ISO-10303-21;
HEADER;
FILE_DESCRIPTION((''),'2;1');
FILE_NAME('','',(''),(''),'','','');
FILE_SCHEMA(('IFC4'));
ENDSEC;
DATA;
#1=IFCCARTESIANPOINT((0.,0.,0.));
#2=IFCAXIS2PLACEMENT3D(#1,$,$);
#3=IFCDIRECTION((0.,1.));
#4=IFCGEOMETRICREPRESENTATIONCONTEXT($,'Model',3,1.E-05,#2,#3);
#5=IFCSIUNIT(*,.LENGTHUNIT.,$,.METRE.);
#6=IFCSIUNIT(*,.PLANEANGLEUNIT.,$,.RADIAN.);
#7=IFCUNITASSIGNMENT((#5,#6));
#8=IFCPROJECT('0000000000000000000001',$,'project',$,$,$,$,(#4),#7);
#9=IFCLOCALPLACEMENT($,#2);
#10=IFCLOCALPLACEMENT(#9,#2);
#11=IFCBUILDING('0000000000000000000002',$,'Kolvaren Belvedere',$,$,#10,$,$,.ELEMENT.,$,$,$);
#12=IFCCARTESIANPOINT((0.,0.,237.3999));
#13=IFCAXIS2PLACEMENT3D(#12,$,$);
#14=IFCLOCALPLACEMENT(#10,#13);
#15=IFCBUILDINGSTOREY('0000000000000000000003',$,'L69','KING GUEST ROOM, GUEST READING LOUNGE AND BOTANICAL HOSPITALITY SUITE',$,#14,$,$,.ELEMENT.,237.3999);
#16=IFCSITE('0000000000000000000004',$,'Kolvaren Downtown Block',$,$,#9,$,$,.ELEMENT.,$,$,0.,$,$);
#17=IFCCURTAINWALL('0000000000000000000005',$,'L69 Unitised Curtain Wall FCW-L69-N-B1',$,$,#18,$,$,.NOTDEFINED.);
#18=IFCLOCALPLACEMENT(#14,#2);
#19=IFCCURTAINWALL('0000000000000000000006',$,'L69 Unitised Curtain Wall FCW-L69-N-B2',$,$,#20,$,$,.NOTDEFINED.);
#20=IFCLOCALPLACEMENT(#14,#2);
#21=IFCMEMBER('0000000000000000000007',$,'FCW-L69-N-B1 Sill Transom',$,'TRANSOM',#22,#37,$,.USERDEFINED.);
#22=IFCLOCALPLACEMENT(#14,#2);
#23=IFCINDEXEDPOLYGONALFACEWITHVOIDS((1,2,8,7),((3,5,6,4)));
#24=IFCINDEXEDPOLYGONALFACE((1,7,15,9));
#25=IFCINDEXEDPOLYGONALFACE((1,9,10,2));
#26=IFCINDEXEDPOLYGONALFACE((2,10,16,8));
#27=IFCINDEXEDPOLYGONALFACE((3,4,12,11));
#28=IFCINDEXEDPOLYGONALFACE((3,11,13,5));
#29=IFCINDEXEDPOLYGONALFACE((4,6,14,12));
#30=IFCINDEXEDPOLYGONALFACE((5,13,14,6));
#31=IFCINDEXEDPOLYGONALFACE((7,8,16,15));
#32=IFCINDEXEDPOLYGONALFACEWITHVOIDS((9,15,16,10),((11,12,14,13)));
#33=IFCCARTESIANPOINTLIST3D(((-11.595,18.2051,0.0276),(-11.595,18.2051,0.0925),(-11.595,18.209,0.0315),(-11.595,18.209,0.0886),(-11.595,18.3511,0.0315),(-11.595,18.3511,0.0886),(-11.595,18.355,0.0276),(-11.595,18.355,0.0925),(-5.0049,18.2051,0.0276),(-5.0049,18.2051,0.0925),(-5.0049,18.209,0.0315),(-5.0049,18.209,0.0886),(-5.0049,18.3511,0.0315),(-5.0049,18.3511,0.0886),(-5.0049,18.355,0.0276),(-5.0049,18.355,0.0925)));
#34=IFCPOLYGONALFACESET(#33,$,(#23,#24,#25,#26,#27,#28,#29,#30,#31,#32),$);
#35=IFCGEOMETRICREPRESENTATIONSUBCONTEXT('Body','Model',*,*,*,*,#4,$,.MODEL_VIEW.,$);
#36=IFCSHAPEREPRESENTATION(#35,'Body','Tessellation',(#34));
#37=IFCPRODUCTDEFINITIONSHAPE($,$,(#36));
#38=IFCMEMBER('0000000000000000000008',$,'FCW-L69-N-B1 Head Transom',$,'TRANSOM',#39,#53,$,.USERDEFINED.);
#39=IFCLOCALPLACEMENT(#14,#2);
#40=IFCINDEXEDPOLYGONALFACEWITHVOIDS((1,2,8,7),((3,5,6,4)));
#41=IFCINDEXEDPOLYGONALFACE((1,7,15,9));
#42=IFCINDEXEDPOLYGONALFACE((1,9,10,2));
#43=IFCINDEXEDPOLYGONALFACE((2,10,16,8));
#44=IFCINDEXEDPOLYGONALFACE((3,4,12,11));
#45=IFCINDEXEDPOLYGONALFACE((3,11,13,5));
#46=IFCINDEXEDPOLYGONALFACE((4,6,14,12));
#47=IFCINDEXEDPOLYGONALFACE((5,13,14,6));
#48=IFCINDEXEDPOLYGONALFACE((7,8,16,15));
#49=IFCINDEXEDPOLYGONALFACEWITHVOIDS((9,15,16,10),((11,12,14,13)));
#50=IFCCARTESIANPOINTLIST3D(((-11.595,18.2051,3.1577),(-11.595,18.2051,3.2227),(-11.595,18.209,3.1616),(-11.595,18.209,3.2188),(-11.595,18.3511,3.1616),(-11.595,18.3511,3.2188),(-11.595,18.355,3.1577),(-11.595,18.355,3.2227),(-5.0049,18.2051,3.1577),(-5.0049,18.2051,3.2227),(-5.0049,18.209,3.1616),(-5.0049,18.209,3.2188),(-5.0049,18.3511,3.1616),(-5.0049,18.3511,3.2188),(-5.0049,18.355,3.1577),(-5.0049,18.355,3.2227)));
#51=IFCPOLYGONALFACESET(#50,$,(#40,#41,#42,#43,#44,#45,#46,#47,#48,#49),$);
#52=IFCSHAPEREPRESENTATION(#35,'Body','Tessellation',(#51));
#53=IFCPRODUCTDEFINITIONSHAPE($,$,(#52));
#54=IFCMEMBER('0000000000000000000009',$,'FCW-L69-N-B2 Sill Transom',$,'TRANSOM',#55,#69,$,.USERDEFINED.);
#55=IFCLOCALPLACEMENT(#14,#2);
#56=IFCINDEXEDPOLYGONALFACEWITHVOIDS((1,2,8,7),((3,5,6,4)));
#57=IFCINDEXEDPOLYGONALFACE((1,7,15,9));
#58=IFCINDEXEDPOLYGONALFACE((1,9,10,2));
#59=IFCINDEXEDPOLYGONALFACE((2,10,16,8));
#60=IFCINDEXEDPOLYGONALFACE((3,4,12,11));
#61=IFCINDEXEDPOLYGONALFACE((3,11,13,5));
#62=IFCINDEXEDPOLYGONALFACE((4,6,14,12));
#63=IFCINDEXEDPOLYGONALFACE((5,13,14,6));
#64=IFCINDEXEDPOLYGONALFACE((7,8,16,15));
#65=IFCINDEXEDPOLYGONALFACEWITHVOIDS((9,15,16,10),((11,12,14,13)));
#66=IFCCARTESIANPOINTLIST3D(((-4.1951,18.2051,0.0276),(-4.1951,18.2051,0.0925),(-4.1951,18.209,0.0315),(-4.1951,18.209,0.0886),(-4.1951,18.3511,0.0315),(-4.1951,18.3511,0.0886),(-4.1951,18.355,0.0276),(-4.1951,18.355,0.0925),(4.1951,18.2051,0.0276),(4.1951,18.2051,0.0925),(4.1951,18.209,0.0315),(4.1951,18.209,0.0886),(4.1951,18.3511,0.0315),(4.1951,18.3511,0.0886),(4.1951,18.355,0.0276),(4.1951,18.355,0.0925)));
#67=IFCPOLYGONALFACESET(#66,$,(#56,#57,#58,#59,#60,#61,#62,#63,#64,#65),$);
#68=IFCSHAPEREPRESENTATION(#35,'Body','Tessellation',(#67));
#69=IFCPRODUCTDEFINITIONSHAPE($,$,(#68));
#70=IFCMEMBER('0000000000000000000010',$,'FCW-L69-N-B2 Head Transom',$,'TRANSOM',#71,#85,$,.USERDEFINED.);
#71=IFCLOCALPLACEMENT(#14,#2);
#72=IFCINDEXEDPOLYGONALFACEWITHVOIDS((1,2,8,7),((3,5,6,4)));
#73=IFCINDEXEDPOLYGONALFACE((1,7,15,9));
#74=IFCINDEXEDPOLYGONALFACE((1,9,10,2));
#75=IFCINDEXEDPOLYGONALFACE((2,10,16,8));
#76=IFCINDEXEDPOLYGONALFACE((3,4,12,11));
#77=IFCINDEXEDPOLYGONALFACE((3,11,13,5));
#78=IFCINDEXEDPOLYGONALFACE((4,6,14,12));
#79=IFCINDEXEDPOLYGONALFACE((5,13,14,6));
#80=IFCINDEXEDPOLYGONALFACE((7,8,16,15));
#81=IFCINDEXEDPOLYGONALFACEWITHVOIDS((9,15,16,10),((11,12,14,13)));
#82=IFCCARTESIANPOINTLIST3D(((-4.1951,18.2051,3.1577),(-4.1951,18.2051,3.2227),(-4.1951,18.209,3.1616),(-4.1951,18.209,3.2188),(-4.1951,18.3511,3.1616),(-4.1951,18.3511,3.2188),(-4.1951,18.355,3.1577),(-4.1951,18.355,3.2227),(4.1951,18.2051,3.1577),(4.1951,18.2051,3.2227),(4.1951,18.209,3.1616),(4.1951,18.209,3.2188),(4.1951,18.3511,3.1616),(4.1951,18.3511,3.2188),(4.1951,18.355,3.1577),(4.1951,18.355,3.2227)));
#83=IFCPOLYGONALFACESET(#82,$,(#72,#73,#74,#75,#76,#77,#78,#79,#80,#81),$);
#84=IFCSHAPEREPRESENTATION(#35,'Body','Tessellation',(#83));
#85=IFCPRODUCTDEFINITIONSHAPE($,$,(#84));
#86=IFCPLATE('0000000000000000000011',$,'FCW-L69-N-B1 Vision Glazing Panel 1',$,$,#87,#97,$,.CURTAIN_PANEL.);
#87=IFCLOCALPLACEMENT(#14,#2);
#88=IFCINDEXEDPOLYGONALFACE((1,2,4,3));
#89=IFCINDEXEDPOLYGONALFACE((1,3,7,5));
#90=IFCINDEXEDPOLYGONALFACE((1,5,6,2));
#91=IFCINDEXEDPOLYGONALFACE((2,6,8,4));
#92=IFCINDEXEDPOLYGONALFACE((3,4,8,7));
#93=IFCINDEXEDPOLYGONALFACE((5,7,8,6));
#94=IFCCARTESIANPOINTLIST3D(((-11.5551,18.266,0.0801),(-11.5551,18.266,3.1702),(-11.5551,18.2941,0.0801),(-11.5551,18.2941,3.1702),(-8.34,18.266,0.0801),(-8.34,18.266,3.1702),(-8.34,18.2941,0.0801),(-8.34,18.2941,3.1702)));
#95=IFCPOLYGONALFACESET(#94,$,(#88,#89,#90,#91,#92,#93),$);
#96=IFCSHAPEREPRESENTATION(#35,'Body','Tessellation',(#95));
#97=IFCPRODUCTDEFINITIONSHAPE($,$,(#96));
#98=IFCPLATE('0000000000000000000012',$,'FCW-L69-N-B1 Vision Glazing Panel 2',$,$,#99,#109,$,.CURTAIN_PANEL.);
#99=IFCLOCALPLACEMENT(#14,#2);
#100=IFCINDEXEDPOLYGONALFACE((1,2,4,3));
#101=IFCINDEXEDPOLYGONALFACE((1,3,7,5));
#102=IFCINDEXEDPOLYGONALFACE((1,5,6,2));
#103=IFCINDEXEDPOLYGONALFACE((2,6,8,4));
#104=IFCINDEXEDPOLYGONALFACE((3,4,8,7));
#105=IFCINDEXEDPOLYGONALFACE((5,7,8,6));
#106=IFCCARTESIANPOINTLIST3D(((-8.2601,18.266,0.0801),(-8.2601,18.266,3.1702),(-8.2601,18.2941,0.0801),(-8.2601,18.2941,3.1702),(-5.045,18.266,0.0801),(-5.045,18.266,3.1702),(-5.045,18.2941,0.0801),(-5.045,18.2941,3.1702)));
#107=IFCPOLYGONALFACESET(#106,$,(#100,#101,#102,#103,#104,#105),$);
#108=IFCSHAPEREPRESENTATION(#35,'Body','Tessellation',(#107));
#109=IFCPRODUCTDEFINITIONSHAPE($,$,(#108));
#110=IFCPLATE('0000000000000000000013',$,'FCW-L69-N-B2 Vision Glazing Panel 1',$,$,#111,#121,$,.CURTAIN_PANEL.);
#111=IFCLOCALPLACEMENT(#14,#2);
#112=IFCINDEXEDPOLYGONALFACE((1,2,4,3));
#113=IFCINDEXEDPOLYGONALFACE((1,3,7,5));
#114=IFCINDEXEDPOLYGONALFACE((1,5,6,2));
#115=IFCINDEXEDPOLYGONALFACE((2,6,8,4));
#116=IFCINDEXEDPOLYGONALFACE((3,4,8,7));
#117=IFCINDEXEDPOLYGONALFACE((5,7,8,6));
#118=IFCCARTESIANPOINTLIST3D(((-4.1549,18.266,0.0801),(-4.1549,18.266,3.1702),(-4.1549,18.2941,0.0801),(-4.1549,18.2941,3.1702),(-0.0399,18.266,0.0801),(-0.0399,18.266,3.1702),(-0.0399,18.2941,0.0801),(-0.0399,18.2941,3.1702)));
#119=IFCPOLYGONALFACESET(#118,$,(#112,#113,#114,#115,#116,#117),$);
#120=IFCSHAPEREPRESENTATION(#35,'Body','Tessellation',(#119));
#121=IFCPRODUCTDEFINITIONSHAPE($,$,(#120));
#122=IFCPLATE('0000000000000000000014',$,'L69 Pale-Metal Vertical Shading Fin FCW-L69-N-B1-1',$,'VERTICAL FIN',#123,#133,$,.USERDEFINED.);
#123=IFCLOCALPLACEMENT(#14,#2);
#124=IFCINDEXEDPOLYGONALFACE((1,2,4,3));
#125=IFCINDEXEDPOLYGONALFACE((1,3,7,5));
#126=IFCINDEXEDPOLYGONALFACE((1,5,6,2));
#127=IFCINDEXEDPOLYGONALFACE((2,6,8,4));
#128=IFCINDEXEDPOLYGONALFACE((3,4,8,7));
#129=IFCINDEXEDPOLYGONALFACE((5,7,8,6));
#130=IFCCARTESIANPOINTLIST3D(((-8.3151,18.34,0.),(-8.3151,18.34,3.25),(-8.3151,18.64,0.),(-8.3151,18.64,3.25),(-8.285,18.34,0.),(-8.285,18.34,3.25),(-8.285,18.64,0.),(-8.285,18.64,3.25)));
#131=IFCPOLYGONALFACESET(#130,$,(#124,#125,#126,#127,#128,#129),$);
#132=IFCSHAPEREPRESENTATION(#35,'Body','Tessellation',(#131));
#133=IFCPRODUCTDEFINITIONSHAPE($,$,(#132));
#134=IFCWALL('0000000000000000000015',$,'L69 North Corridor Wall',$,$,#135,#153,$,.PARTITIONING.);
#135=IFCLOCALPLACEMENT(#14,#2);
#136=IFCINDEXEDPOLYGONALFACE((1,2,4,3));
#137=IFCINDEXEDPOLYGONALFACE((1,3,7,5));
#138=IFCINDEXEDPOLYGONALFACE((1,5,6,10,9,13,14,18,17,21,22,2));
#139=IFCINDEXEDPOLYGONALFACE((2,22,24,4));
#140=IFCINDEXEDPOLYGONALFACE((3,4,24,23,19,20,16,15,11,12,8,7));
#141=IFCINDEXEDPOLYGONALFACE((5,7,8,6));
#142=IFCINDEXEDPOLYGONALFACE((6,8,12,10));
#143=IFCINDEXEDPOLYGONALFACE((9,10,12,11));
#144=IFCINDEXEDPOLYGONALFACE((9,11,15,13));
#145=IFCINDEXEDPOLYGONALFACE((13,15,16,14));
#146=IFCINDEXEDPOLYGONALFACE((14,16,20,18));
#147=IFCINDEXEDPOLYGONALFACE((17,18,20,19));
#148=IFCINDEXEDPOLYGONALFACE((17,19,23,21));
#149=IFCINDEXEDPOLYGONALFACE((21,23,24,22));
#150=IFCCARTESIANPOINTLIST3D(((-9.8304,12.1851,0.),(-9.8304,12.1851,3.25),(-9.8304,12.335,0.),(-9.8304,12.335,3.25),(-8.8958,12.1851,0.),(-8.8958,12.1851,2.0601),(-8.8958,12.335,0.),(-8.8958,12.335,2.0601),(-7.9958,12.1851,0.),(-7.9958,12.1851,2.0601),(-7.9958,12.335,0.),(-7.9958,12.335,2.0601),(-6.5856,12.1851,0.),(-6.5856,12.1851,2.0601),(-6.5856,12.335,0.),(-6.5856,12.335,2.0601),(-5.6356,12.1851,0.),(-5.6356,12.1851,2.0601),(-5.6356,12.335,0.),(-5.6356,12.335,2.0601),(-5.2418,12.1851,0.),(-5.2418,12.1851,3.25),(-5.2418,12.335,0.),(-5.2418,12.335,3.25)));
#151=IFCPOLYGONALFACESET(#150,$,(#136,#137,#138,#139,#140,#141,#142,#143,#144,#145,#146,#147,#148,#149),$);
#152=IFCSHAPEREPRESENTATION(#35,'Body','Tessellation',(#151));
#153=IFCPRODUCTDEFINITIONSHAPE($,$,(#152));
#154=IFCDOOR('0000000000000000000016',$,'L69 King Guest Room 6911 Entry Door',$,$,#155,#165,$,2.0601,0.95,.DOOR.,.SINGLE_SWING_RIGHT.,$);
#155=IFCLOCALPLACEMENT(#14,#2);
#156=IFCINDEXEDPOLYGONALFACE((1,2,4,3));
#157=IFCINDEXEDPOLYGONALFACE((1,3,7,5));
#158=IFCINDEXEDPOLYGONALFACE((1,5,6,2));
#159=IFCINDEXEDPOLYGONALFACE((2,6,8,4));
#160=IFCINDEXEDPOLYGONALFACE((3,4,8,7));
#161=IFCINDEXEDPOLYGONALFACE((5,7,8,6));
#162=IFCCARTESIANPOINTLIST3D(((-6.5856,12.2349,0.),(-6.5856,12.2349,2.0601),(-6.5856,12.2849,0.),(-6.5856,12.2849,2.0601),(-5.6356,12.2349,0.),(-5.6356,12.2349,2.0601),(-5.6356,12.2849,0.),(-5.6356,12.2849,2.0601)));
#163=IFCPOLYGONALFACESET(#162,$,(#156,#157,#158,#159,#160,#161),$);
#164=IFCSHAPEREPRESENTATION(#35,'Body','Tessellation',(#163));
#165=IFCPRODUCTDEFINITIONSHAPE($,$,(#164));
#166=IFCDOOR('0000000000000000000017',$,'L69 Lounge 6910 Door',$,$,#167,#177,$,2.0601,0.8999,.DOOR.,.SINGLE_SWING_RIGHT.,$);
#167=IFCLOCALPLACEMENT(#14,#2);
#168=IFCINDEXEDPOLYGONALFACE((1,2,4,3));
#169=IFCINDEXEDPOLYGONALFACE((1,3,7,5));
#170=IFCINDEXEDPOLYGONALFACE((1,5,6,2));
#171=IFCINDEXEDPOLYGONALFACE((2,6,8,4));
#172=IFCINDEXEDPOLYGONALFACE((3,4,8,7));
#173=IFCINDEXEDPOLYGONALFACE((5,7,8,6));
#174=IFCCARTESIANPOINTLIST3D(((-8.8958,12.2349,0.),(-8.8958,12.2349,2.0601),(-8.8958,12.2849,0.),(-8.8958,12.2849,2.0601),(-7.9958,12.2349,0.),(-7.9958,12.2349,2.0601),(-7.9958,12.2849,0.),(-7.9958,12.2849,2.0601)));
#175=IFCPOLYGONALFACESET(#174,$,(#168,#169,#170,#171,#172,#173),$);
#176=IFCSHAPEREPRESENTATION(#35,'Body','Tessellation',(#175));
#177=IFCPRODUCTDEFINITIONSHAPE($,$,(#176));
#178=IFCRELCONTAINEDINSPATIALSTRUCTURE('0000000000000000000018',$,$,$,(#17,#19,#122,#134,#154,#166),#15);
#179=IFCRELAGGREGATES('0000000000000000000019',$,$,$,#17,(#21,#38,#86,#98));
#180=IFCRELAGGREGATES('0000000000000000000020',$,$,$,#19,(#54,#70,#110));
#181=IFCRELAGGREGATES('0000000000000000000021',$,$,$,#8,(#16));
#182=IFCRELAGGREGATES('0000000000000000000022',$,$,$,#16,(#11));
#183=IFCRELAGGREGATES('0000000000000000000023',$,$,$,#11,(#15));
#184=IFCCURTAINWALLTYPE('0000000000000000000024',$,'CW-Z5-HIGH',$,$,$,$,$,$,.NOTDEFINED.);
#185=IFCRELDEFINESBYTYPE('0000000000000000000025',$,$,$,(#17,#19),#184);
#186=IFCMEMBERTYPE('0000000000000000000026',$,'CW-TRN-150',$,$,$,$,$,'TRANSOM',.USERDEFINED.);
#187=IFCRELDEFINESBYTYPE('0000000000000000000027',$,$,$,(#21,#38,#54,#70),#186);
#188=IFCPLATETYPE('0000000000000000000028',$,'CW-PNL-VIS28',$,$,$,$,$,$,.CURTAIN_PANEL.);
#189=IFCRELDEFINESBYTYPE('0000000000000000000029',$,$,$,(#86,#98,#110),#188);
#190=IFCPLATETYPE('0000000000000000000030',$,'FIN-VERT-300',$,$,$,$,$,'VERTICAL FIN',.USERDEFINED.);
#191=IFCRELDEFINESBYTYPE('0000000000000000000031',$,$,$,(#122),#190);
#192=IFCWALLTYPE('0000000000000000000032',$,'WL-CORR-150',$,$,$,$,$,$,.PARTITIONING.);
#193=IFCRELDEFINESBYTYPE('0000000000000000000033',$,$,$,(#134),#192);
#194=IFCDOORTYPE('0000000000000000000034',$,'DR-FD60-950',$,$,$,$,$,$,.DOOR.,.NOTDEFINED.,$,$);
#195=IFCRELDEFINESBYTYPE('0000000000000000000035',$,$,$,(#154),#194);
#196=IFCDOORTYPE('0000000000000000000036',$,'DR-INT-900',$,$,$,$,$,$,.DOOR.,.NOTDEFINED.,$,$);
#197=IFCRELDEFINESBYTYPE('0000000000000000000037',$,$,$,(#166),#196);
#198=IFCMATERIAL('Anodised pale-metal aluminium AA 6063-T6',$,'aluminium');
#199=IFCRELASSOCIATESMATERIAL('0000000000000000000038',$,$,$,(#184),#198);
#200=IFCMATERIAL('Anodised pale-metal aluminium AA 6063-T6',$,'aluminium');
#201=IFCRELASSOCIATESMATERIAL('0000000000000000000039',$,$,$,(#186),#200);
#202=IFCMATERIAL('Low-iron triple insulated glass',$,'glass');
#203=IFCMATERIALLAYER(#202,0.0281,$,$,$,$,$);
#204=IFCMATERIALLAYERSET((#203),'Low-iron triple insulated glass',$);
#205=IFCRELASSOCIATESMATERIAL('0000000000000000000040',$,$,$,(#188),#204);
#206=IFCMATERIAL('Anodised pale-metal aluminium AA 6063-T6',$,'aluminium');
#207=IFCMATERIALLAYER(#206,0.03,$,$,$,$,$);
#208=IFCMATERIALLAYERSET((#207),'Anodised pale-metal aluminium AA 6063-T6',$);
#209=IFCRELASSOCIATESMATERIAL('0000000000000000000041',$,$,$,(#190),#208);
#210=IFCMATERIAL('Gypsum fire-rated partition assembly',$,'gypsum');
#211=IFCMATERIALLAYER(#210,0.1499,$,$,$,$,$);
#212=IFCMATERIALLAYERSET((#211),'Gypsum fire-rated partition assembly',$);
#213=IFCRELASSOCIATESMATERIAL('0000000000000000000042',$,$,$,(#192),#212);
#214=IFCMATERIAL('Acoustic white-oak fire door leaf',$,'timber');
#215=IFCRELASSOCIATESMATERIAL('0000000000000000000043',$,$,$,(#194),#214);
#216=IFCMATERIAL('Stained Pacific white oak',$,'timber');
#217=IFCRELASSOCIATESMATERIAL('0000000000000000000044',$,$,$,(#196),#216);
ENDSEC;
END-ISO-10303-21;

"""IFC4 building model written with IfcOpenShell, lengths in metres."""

from ifc_helpers import new_model, si_unit, direction, frame, frame_2d, origin, origin_2d, place, context, subcontext, project, spatial, rectangle, hollow_rectangle, extrude, material, layer, layer_set, material_profile, profile_set, type_object, element, fill, aggregate, save


model = new_model("IFC4")

# Units and contexts
model_context = context("Model", 3, precision=1e-05, world=origin(), true_north=direction((0.0, 1.0)))
body_context = subcontext(model_context, "Body", "Model", "MODEL_VIEW")
ifc_project = project(units=[si_unit("LENGTHUNIT", "METRE"), si_unit("PLANEANGLEUNIT", "RADIAN")], contexts=[model_context])

# Site, building, storey
site_placement = place(None, origin())
site = spatial("IfcSite", under=ifc_project, at=site_placement, Name="Kolvaren Downtown Block", CompositionType="ELEMENT", RefElevation=0.0)
building_placement = place(site_placement, origin())
building = spatial("IfcBuilding", under=site, at=building_placement, Name="Kolvaren Belvedere", CompositionType="ELEMENT")
storey_placement = place(building_placement, frame((0.0, 0.0, 237.3999)))
storey = spatial("IfcBuildingStorey", under=building, at=storey_placement, Name="L69", Description="KING GUEST ROOM, GUEST READING LOUNGE AND BOTANICAL HOSPITALITY SUITE", CompositionType="ELEMENT", Elevation=237.3999)

# Curtain wall
ifc_material_1 = material(Name="Anodised pale-metal aluminium AA 6063-T6", Category="aluminium")
curtain_wall_type = type_object("IfcCurtainWallType", Name="CW-Z5-HIGH", PredefinedType="NOTDEFINED", material=ifc_material_1)
curtain_wall_1_placement = place(storey_placement, origin())
curtain_wall_1 = element("IfcCurtainWall", 1, at=curtain_wall_1_placement, inside=storey, type_object=curtain_wall_type, Name="L69 Unitised Curtain Wall FCW-L69-N-B1", PredefinedType="NOTDEFINED")

# Curtain wall
curtain_wall_2_placement = place(storey_placement, origin())
curtain_wall_2 = element("IfcCurtainWall", 2, at=curtain_wall_2_placement, inside=storey, type_object=curtain_wall_type, Name="L69 Unitised Curtain Wall FCW-L69-N-B2", PredefinedType="NOTDEFINED")

# Members
ifc_material_2 = material(Name="Anodised pale-metal aluminium AA 6063-T6", Category="aluminium")
ifc_material_profile_1 = material_profile(ifc_material_2, hollow_rectangle(XDim=0.0649, YDim=0.1499, WallThickness=0.0039, at=origin_2d()), Name="ALU-TRN-150X65")
ifc_profile_set_1 = profile_set([ifc_material_profile_1], Name="Anodised pale-metal aluminium AA 6063-T6")
member_type_1 = type_object("IfcMemberType", Name="CW-TRN-150", ElementType="TRANSOM", PredefinedType="USERDEFINED", material=ifc_profile_set_1)
member_1_placement = place(storey_placement, frame((-11.595, 18.28, 0.0601), z_axis=(1.0, 0.0, 0.0), x_axis=(0.0, 0.0, 1.0)))
member_1 = element("IfcMember", 3, at=member_1_placement, type_object=member_type_1, Name="FCW-L69-N-B1 Sill Transom", ObjectType="TRANSOM", PredefinedType="USERDEFINED", context=body_context, shape_type="SweptSolid", body=[
    extrude(hollow_rectangle(XDim=0.0649, YDim=0.1499, WallThickness=0.0039, at=origin_2d()), origin(), (0.0, 0.0, 1.0), 6.5901),
])
member_2_placement = place(storey_placement, frame((-11.595, 18.28, 3.1902), z_axis=(1.0, 0.0, 0.0), x_axis=(0.0, 0.0, 1.0)))
member_2 = element("IfcMember", 4, at=member_2_placement, type_object=member_type_1, Name="FCW-L69-N-B1 Head Transom", ObjectType="TRANSOM", PredefinedType="USERDEFINED", context=body_context, shape_type="SweptSolid", body=[
    extrude(hollow_rectangle(XDim=0.0649, YDim=0.1499, WallThickness=0.0039, at=origin_2d()), origin(), (0.0, 0.0, 1.0), 6.5901),
])
member_3_placement = place(storey_placement, frame((-4.1951, 18.28, 0.0601), z_axis=(1.0, 0.0, 0.0), x_axis=(0.0, 0.0, 1.0)))
member_3 = element("IfcMember", 5, at=member_3_placement, type_object=member_type_1, Name="FCW-L69-N-B2 Sill Transom", ObjectType="TRANSOM", PredefinedType="USERDEFINED", context=body_context, shape_type="SweptSolid", body=[
    extrude(hollow_rectangle(XDim=0.0649, YDim=0.1499, WallThickness=0.0039, at=origin_2d()), origin(), (0.0, 0.0, 1.0), 8.3901),
])
member_4_placement = place(storey_placement, frame((-4.1951, 18.28, 3.1902), z_axis=(1.0, 0.0, 0.0), x_axis=(0.0, 0.0, 1.0)))
member_4 = element("IfcMember", 6, at=member_4_placement, type_object=member_type_1, Name="FCW-L69-N-B2 Head Transom", ObjectType="TRANSOM", PredefinedType="USERDEFINED", context=body_context, shape_type="SweptSolid", body=[
    extrude(hollow_rectangle(XDim=0.0649, YDim=0.1499, WallThickness=0.0039, at=origin_2d()), origin(), (0.0, 0.0, 1.0), 8.3901),
])

# Plates
ifc_material_3 = material(Name="Low-iron triple insulated glass", Category="glass")
ifc_layer_1 = layer(ifc_material_3, 0.0281)
ifc_layer_set_1 = layer_set([ifc_layer_1], Name="Low-iron triple insulated glass")
plate_type_1 = type_object("IfcPlateType", Name="CW-PNL-VIS28", PredefinedType="CURTAIN_PANEL", material=ifc_layer_set_1)
plate_1_placement = place(storey_placement, frame((-9.9475, 18.28, 0.0801), z_axis=(0.0, 0.0, 1.0), x_axis=(1.0, 0.0, 0.0)))
plate_1 = element("IfcPlate", 7, at=plate_1_placement, type_object=plate_type_1, Name="FCW-L69-N-B1 Vision Glazing Panel 1", PredefinedType="CURTAIN_PANEL", context=body_context, shape_type="SweptSolid", body=[
    extrude(rectangle(XDim=3.2151, YDim=0.0281, at=origin_2d()), origin(), (0.0, 0.0, 1.0), 3.0901),
])
plate_2_placement = place(storey_placement, frame((-6.6526, 18.28, 0.0801), z_axis=(0.0, 0.0, 1.0), x_axis=(1.0, 0.0, 0.0)))
plate_2 = element("IfcPlate", 8, at=plate_2_placement, type_object=plate_type_1, Name="FCW-L69-N-B1 Vision Glazing Panel 2", PredefinedType="CURTAIN_PANEL", context=body_context, shape_type="SweptSolid", body=[
    extrude(rectangle(XDim=3.2151, YDim=0.0281, at=origin_2d()), origin(), (0.0, 0.0, 1.0), 3.0901),
])
aggregate(curtain_wall_1, [member_1, member_2, plate_1, plate_2])
plate_3_placement = place(storey_placement, frame((-2.0974, 18.28, 0.0801), z_axis=(0.0, 0.0, 1.0), x_axis=(1.0, 0.0, 0.0)))
plate_3 = element("IfcPlate", 9, at=plate_3_placement, type_object=plate_type_1, Name="FCW-L69-N-B2 Vision Glazing Panel 1", PredefinedType="CURTAIN_PANEL", context=body_context, shape_type="SweptSolid", body=[
    extrude(rectangle(XDim=4.115, YDim=0.0281, at=origin_2d()), origin(), (0.0, 0.0, 1.0), 3.0901),
])
aggregate(curtain_wall_2, [member_3, member_4, plate_3])
ifc_material_4 = material(Name="Anodised pale-metal aluminium AA 6063-T6", Category="aluminium")
ifc_layer_2 = layer(ifc_material_4, 0.03)
ifc_layer_set_2 = layer_set([ifc_layer_2], Name="Anodised pale-metal aluminium AA 6063-T6")
plate_type_2 = type_object("IfcPlateType", Name="FIN-VERT-300", ElementType="VERTICAL FIN", PredefinedType="USERDEFINED", material=ifc_layer_set_2)
plate_4_placement = place(storey_placement, frame((-8.3, 18.49, 0.0), z_axis=(0.0, 0.0, 1.0), x_axis=(0.0, 1.0, 0.0)))
element("IfcPlate", 10, at=plate_4_placement, inside=storey, type_object=plate_type_2, Name="L69 Pale-Metal Vertical Shading Fin FCW-L69-N-B1-1", ObjectType="VERTICAL FIN", PredefinedType="USERDEFINED", context=body_context, shape_type="SweptSolid", body=[
    extrude(rectangle(XDim=0.3, YDim=0.03, at=origin_2d()), origin(), (0.0, 0.0, 1.0), 3.25),
])

# Wall, openings, doors
ifc_material_5 = material(Name="Gypsum fire-rated partition assembly", Category="gypsum")
ifc_layer_3 = layer(ifc_material_5, 0.1499)
ifc_layer_set_3 = layer_set([ifc_layer_3], Name="Gypsum fire-rated partition assembly")
wall_type_1 = type_object("IfcWallType", Name="WL-CORR-150", PredefinedType="PARTITIONING", material=ifc_layer_set_3)
wall_1_placement = place(storey_placement, frame((-9.8306, 12.26, 0.0), z_axis=(0.0, 0.0, 1.0), x_axis=(1.0, 0.0, 0.0)))
wall_1 = element("IfcWall", 11, at=wall_1_placement, inside=storey, type_object=wall_type_1, Name="L69 North Corridor Wall", PredefinedType="PARTITIONING", context=body_context, shape_type="SweptSolid", body=[
    extrude(rectangle(XDim=4.5886, YDim=0.1499, at=frame_2d((2.2944, 0.0))), origin(), (0.0, 0.0, 1.0), 3.25),
])
opening_1_placement = place(wall_1_placement, frame((0.9348, 0.0, 0.0)))
opening_1 = element("IfcOpeningElement", 12, at=opening_1_placement, cuts=wall_1, PredefinedType="OPENING", context=body_context, shape_type="SweptSolid", body=[
    extrude(rectangle(XDim=0.8999, YDim=2.0601, at=frame_2d((0.45, 1.03))), frame((0.0, 0.085, 0.0), z_axis=(0.0, -1.0, 0.0), x_axis=(1.0, 0.0, 0.0)), (0.0, 0.0, 1.0), 0.1699),
])
opening_2_placement = place(wall_1_placement, frame((3.2449, 0.0, 0.0)))
opening_2 = element("IfcOpeningElement", 13, at=opening_2_placement, cuts=wall_1, PredefinedType="OPENING", context=body_context, shape_type="SweptSolid", body=[
    extrude(rectangle(XDim=0.95, YDim=2.0601, at=frame_2d((0.4751, 1.03))), frame((0.0, 0.085, 0.0), z_axis=(0.0, -1.0, 0.0), x_axis=(1.0, 0.0, 0.0)), (0.0, 0.0, 1.0), 0.1699),
])
ifc_material_6 = material(Name="Acoustic white-oak fire door leaf", Category="timber")
door_type_1 = type_object("IfcDoorType", Name="DR-FD60-950", OperationType="NOTDEFINED", PredefinedType="DOOR", material=ifc_material_6)
door_1_placement = place(opening_2_placement, origin())
door_1 = element("IfcDoor", 14, at=door_1_placement, inside=storey, type_object=door_type_1, Name="L69 King Guest Room 6911 Entry Door", OperationType="SINGLE_SWING_RIGHT", OverallHeight=2.0601, OverallWidth=0.95, PredefinedType="DOOR", context=body_context, shape_type="SweptSolid", body=[
    extrude(rectangle(XDim=0.95, YDim=2.0601, at=frame_2d((0.4751, 1.03))), frame((0.0, 0.0249, 0.0), z_axis=(0.0, -1.0, 0.0), x_axis=(1.0, 0.0, 0.0)), (0.0, 0.0, 1.0), 0.05),
])
fill(opening_2, door_1)
ifc_material_7 = material(Name="Stained Pacific white oak", Category="timber")
door_type_2 = type_object("IfcDoorType", Name="DR-INT-900", OperationType="NOTDEFINED", PredefinedType="DOOR", material=ifc_material_7)
door_2_placement = place(opening_1_placement, origin())
door_2 = element("IfcDoor", 15, at=door_2_placement, inside=storey, type_object=door_type_2, Name="L69 Lounge 6910 Door", OperationType="SINGLE_SWING_RIGHT", OverallHeight=2.0601, OverallWidth=0.8999, PredefinedType="DOOR", context=body_context, shape_type="SweptSolid", body=[
    extrude(rectangle(XDim=0.8999, YDim=2.0601, at=frame_2d((0.45, 1.03))), frame((0.0, 0.0249, 0.0), z_axis=(0.0, -1.0, 0.0), x_axis=(1.0, 0.0, 0.0)), (0.0, 0.0, 1.0), 0.05),
])
fill(opening_1, door_2)

save(model, "model.ifc")
